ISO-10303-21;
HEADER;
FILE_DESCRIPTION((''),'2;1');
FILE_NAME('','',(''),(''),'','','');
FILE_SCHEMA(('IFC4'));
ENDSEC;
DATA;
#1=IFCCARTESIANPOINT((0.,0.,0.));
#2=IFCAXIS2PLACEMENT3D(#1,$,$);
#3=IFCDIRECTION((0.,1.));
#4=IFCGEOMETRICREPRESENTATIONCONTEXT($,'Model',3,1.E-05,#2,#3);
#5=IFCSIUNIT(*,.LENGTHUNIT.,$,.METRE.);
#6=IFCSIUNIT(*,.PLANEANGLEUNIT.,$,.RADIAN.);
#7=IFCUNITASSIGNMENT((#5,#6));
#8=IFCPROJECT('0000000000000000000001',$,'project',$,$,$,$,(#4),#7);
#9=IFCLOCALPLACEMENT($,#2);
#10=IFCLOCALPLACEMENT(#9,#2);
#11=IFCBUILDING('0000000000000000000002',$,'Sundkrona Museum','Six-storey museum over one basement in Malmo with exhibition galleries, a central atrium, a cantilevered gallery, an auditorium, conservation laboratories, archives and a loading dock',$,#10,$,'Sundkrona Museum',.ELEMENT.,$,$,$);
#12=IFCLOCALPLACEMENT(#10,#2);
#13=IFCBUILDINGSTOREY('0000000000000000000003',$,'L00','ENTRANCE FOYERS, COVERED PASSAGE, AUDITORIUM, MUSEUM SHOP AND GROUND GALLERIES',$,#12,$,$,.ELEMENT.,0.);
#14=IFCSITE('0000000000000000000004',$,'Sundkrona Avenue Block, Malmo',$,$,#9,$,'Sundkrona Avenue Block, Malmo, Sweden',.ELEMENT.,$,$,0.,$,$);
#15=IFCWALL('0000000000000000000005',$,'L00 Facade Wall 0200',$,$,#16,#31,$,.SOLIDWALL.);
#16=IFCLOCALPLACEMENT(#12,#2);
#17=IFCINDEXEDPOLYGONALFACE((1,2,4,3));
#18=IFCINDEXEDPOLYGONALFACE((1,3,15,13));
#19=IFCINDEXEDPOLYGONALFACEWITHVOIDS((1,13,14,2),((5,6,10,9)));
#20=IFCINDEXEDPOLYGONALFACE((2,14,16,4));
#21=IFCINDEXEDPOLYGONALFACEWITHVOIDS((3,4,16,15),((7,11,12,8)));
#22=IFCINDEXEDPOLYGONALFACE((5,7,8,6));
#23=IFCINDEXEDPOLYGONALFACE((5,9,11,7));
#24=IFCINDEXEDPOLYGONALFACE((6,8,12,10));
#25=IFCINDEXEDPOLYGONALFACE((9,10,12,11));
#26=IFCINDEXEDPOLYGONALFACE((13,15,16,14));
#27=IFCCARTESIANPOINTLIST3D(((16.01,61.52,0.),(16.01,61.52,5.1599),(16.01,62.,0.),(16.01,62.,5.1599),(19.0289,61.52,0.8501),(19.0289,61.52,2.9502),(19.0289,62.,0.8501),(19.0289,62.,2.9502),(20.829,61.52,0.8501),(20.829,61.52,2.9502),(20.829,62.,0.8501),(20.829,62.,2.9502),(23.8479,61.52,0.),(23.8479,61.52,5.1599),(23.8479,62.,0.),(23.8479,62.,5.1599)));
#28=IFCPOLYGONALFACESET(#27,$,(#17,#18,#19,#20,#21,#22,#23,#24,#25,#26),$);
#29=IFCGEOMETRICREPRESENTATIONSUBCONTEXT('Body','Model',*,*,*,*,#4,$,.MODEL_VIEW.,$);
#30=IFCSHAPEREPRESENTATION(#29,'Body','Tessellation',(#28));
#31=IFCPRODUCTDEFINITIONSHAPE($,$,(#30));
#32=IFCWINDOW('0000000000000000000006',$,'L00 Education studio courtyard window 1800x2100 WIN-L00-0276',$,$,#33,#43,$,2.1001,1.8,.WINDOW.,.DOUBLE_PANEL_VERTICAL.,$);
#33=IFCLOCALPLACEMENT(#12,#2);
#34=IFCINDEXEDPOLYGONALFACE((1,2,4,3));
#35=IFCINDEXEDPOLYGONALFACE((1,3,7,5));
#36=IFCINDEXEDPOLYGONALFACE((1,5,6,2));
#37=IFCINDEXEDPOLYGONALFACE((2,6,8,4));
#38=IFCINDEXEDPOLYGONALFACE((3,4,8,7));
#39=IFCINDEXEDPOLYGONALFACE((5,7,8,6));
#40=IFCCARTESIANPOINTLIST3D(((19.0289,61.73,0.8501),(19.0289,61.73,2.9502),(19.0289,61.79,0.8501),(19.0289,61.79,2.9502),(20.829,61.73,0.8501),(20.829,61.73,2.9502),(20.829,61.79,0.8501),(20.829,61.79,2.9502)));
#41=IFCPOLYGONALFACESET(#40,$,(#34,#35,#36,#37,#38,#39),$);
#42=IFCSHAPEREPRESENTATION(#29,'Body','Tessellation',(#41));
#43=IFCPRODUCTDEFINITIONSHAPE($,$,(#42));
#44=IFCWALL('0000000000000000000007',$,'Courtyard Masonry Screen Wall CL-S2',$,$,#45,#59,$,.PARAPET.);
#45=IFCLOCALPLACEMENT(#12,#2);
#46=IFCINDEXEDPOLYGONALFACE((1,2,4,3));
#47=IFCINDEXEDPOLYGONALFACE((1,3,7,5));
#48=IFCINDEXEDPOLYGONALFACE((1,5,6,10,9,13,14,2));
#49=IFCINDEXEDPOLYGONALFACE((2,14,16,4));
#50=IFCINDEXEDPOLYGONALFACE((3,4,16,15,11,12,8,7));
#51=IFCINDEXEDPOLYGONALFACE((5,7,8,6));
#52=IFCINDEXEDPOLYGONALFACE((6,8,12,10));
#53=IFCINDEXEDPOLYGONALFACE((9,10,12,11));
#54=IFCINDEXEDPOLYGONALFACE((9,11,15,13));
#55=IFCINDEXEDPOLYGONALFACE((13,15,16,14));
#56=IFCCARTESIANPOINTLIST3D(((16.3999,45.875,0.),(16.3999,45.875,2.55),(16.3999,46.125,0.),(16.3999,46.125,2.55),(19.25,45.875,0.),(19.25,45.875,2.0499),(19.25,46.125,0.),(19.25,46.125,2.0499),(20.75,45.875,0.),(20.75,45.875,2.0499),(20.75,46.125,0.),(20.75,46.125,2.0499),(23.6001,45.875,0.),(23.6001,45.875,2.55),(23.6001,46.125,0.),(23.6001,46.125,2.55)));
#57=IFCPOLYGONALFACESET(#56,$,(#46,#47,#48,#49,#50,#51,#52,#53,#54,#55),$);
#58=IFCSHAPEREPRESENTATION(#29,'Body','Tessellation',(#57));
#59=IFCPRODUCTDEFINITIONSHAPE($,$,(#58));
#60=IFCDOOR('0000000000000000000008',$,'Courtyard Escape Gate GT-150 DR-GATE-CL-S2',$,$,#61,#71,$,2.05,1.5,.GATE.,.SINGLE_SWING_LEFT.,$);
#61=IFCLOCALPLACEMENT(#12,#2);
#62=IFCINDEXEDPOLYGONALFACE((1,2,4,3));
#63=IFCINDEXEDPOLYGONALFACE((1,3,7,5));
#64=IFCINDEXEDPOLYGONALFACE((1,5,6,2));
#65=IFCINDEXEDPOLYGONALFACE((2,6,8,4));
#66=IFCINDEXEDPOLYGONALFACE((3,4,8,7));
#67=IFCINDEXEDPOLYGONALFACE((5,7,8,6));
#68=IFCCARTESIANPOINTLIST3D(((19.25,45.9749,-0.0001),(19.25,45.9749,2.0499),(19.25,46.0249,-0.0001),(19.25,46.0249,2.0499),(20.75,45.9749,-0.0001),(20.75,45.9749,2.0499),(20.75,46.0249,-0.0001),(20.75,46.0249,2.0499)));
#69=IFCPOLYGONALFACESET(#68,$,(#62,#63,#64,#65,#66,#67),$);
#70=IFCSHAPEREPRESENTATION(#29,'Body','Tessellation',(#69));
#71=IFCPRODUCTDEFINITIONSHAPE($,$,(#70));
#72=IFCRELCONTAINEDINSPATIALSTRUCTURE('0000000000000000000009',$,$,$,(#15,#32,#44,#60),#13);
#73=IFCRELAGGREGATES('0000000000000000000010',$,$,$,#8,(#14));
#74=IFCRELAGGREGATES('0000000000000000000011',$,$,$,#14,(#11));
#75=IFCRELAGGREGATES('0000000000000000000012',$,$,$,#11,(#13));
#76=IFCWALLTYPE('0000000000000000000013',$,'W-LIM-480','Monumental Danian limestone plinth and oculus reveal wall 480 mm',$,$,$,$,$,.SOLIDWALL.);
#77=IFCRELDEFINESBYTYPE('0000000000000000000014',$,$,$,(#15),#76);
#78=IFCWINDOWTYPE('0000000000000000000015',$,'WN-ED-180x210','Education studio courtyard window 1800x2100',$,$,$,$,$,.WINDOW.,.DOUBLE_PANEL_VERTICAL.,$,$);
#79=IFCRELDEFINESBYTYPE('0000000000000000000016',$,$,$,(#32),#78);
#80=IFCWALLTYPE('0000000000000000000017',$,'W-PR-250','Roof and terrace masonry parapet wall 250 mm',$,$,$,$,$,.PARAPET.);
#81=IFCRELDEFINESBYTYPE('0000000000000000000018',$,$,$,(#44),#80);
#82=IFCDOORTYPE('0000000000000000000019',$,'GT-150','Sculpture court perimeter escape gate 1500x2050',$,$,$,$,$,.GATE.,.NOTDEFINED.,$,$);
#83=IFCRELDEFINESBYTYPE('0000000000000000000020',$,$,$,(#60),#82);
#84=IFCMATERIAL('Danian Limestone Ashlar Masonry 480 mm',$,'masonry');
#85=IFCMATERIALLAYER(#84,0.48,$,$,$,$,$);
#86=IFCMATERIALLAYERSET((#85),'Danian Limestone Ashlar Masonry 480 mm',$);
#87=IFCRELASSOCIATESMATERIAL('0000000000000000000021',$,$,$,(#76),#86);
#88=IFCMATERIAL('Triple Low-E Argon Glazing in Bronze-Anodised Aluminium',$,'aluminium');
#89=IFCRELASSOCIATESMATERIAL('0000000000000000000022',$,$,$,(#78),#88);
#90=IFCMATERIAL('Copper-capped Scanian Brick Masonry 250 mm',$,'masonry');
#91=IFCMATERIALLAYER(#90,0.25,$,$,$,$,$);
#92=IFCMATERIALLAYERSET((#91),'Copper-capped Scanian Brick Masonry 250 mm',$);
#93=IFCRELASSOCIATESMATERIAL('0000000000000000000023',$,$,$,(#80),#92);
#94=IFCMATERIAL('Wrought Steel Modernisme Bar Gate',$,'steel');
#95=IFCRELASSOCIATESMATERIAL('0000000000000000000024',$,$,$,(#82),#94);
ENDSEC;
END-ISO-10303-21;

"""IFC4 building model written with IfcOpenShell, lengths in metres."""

from ifc_helpers import new_model, si_unit, direction, frame, frame_2d, origin, place, context, subcontext, project, spatial, rectangle, extrude, material, layer, layer_set, type_object, element, fill, save


model = new_model("IFC4")

# Units and contexts
model_context = context("Model", 3, precision=1e-05, world=origin(), true_north=direction((0.0, 1.0)))
body_context = subcontext(model_context, "Body", "Model", "MODEL_VIEW")
ifc_project = project(units=[si_unit("LENGTHUNIT", "METRE"), si_unit("PLANEANGLEUNIT", "RADIAN")], contexts=[model_context])

# Site, building, storey
site_placement = place(None, origin())
site = spatial("IfcSite", under=ifc_project, at=site_placement, Name="Sundkrona Avenue Block, Malmo", LongName="Sundkrona Avenue Block, Malmo, Sweden", CompositionType="ELEMENT", RefElevation=0.0)
building_placement = place(site_placement, origin())
building = spatial("IfcBuilding", under=site, at=building_placement, Name="Sundkrona Museum", Description="Six-storey museum over one basement in Malmo with exhibition galleries, a central atrium, a cantilevered gallery, an auditorium, conservation laboratories, archives and a loading dock", LongName="Sundkrona Museum", CompositionType="ELEMENT")
storey_placement = place(building_placement, origin())
storey = spatial("IfcBuildingStorey", under=building, at=storey_placement, Name="L00", Description="ENTRANCE FOYERS, COVERED PASSAGE, AUDITORIUM, MUSEUM SHOP AND GROUND GALLERIES", CompositionType="ELEMENT", Elevation=0.0)

# Shared definitions
ifc_material_1 = material(Name="Danian Limestone Ashlar Masonry 480 mm", Category="masonry")
ifc_layer_1 = layer(ifc_material_1, 0.48)
ifc_layer_set_1 = layer_set([ifc_layer_1], Name="Danian Limestone Ashlar Masonry 480 mm")
wall_type_1 = type_object("IfcWallType", Name="W-LIM-480", Description="Monumental Danian limestone plinth and oculus reveal wall 480 mm", PredefinedType="SOLIDWALL", material=ifc_layer_set_1)
ifc_material_2 = material(Name="Triple Low-E Argon Glazing in Bronze-Anodised Aluminium", Category="aluminium")

# Wall, opening, window
wall_1_placement = place(storey_placement, frame((16.01, 61.76, 0.0), z_axis=(0.0, 0.0, 1.0), x_axis=(1.0, 0.0, 0.0)))
wall_1 = element("IfcWall", 1, at=wall_1_placement, inside=storey, type_object=wall_type_1, Name="L00 Facade Wall 0200", PredefinedType="SOLIDWALL", context=body_context, shape_type="SweptSolid", body=[
    extrude(rectangle(XDim=7.8379, YDim=0.48, at=frame_2d((3.9189, 0.0))), origin(), (0.0, 0.0, 1.0), 5.1599),
])
opening_1_placement = place(wall_1_placement, frame((3.019, 0.0, 0.8501)))
opening_1 = element("IfcOpeningElement", 2, at=opening_1_placement, cuts=wall_1, PredefinedType="OPENING", context=body_context, shape_type="SweptSolid", body=[
    extrude(rectangle(XDim=1.8, YDim=2.1001, at=frame_2d((0.8999, 1.05))), frame((0.0, 0.25, 0.0), z_axis=(0.0, -1.0, 0.0), x_axis=(1.0, 0.0, 0.0)), (0.0, 0.0, 1.0), 0.5),
])
window_type_1 = type_object("IfcWindowType", Name="WN-ED-180x210", Description="Education studio courtyard window 1800x2100", PartitioningType="DOUBLE_PANEL_VERTICAL", PredefinedType="WINDOW", material=ifc_material_2)
window_1_placement = place(opening_1_placement, origin())
window_1 = element("IfcWindow", 3, at=window_1_placement, inside=storey, type_object=window_type_1, Name="L00 Education studio courtyard window 1800x2100 WIN-L00-0276", OverallHeight=2.1001, OverallWidth=1.8, PartitioningType="DOUBLE_PANEL_VERTICAL", PredefinedType="WINDOW", context=body_context, shape_type="SweptSolid", body=[
    extrude(rectangle(XDim=1.8, YDim=2.1001, at=frame_2d((0.8999, 1.05))), frame((0.0, 0.03, 0.0), z_axis=(0.0, -1.0, 0.0), x_axis=(1.0, 0.0, 0.0)), (0.0, 0.0, 1.0), 0.0601),
])
fill(opening_1, window_1)

# Wall, opening, door
ifc_material_3 = material(Name="Copper-capped Scanian Brick Masonry 250 mm", Category="masonry")
ifc_layer_2 = layer(ifc_material_3, 0.25)
ifc_layer_set_2 = layer_set([ifc_layer_2], Name="Copper-capped Scanian Brick Masonry 250 mm")
wall_type_2 = type_object("IfcWallType", Name="W-PR-250", Description="Roof and terrace masonry parapet wall 250 mm", PredefinedType="PARAPET", material=ifc_layer_set_2)
wall_2_placement = place(storey_placement, frame((16.3999, 46.0, 0.0), z_axis=(0.0, 0.0, 1.0), x_axis=(1.0, 0.0, 0.0)))
wall_2 = element("IfcWall", 4, at=wall_2_placement, inside=storey, type_object=wall_type_2, Name="Courtyard Masonry Screen Wall CL-S2", PredefinedType="PARAPET", context=body_context, shape_type="SweptSolid", body=[
    extrude(rectangle(XDim=7.2002, YDim=0.25, at=frame_2d((3.6001, 0.0))), origin(), (0.0, 0.0, 1.0), 2.55),
])
opening_2_placement = place(wall_2_placement, frame((2.8501, 0.0, 0.0)))
opening_2 = element("IfcOpeningElement", 5, at=opening_2_placement, cuts=wall_2, PredefinedType="OPENING", context=body_context, shape_type="SweptSolid", body=[
    extrude(rectangle(XDim=1.5, YDim=2.05, at=frame_2d((0.75, 1.0249))), frame((0.0, 0.135, 0.0), z_axis=(0.0, -1.0, 0.0), x_axis=(1.0, 0.0, 0.0)), (0.0, 0.0, 1.0), 0.27),
])
ifc_material_4 = material(Name="Wrought Steel Modernisme Bar Gate", Category="steel")
door_type_1 = type_object("IfcDoorType", Name="GT-150", Description="Sculpture court perimeter escape gate 1500x2050", OperationType="NOTDEFINED", PredefinedType="GATE", material=ifc_material_4)
door_1_placement = place(opening_2_placement, origin())
door_1 = element("IfcDoor", 6, at=door_1_placement, inside=storey, type_object=door_type_1, Name="Courtyard Escape Gate GT-150 DR-GATE-CL-S2", OperationType="SINGLE_SWING_LEFT", OverallHeight=2.05, OverallWidth=1.5, PredefinedType="GATE", context=body_context, shape_type="SweptSolid", body=[
    extrude(rectangle(XDim=1.5, YDim=2.05, at=frame_2d((0.75, 1.0249))), frame((0.0, 0.0249, 0.0), z_axis=(0.0, -1.0, 0.0), x_axis=(1.0, 0.0, 0.0)), (0.0, 0.0, 1.0), 0.05),
])
fill(opening_2, door_1)

save(model, "model.ifc")
